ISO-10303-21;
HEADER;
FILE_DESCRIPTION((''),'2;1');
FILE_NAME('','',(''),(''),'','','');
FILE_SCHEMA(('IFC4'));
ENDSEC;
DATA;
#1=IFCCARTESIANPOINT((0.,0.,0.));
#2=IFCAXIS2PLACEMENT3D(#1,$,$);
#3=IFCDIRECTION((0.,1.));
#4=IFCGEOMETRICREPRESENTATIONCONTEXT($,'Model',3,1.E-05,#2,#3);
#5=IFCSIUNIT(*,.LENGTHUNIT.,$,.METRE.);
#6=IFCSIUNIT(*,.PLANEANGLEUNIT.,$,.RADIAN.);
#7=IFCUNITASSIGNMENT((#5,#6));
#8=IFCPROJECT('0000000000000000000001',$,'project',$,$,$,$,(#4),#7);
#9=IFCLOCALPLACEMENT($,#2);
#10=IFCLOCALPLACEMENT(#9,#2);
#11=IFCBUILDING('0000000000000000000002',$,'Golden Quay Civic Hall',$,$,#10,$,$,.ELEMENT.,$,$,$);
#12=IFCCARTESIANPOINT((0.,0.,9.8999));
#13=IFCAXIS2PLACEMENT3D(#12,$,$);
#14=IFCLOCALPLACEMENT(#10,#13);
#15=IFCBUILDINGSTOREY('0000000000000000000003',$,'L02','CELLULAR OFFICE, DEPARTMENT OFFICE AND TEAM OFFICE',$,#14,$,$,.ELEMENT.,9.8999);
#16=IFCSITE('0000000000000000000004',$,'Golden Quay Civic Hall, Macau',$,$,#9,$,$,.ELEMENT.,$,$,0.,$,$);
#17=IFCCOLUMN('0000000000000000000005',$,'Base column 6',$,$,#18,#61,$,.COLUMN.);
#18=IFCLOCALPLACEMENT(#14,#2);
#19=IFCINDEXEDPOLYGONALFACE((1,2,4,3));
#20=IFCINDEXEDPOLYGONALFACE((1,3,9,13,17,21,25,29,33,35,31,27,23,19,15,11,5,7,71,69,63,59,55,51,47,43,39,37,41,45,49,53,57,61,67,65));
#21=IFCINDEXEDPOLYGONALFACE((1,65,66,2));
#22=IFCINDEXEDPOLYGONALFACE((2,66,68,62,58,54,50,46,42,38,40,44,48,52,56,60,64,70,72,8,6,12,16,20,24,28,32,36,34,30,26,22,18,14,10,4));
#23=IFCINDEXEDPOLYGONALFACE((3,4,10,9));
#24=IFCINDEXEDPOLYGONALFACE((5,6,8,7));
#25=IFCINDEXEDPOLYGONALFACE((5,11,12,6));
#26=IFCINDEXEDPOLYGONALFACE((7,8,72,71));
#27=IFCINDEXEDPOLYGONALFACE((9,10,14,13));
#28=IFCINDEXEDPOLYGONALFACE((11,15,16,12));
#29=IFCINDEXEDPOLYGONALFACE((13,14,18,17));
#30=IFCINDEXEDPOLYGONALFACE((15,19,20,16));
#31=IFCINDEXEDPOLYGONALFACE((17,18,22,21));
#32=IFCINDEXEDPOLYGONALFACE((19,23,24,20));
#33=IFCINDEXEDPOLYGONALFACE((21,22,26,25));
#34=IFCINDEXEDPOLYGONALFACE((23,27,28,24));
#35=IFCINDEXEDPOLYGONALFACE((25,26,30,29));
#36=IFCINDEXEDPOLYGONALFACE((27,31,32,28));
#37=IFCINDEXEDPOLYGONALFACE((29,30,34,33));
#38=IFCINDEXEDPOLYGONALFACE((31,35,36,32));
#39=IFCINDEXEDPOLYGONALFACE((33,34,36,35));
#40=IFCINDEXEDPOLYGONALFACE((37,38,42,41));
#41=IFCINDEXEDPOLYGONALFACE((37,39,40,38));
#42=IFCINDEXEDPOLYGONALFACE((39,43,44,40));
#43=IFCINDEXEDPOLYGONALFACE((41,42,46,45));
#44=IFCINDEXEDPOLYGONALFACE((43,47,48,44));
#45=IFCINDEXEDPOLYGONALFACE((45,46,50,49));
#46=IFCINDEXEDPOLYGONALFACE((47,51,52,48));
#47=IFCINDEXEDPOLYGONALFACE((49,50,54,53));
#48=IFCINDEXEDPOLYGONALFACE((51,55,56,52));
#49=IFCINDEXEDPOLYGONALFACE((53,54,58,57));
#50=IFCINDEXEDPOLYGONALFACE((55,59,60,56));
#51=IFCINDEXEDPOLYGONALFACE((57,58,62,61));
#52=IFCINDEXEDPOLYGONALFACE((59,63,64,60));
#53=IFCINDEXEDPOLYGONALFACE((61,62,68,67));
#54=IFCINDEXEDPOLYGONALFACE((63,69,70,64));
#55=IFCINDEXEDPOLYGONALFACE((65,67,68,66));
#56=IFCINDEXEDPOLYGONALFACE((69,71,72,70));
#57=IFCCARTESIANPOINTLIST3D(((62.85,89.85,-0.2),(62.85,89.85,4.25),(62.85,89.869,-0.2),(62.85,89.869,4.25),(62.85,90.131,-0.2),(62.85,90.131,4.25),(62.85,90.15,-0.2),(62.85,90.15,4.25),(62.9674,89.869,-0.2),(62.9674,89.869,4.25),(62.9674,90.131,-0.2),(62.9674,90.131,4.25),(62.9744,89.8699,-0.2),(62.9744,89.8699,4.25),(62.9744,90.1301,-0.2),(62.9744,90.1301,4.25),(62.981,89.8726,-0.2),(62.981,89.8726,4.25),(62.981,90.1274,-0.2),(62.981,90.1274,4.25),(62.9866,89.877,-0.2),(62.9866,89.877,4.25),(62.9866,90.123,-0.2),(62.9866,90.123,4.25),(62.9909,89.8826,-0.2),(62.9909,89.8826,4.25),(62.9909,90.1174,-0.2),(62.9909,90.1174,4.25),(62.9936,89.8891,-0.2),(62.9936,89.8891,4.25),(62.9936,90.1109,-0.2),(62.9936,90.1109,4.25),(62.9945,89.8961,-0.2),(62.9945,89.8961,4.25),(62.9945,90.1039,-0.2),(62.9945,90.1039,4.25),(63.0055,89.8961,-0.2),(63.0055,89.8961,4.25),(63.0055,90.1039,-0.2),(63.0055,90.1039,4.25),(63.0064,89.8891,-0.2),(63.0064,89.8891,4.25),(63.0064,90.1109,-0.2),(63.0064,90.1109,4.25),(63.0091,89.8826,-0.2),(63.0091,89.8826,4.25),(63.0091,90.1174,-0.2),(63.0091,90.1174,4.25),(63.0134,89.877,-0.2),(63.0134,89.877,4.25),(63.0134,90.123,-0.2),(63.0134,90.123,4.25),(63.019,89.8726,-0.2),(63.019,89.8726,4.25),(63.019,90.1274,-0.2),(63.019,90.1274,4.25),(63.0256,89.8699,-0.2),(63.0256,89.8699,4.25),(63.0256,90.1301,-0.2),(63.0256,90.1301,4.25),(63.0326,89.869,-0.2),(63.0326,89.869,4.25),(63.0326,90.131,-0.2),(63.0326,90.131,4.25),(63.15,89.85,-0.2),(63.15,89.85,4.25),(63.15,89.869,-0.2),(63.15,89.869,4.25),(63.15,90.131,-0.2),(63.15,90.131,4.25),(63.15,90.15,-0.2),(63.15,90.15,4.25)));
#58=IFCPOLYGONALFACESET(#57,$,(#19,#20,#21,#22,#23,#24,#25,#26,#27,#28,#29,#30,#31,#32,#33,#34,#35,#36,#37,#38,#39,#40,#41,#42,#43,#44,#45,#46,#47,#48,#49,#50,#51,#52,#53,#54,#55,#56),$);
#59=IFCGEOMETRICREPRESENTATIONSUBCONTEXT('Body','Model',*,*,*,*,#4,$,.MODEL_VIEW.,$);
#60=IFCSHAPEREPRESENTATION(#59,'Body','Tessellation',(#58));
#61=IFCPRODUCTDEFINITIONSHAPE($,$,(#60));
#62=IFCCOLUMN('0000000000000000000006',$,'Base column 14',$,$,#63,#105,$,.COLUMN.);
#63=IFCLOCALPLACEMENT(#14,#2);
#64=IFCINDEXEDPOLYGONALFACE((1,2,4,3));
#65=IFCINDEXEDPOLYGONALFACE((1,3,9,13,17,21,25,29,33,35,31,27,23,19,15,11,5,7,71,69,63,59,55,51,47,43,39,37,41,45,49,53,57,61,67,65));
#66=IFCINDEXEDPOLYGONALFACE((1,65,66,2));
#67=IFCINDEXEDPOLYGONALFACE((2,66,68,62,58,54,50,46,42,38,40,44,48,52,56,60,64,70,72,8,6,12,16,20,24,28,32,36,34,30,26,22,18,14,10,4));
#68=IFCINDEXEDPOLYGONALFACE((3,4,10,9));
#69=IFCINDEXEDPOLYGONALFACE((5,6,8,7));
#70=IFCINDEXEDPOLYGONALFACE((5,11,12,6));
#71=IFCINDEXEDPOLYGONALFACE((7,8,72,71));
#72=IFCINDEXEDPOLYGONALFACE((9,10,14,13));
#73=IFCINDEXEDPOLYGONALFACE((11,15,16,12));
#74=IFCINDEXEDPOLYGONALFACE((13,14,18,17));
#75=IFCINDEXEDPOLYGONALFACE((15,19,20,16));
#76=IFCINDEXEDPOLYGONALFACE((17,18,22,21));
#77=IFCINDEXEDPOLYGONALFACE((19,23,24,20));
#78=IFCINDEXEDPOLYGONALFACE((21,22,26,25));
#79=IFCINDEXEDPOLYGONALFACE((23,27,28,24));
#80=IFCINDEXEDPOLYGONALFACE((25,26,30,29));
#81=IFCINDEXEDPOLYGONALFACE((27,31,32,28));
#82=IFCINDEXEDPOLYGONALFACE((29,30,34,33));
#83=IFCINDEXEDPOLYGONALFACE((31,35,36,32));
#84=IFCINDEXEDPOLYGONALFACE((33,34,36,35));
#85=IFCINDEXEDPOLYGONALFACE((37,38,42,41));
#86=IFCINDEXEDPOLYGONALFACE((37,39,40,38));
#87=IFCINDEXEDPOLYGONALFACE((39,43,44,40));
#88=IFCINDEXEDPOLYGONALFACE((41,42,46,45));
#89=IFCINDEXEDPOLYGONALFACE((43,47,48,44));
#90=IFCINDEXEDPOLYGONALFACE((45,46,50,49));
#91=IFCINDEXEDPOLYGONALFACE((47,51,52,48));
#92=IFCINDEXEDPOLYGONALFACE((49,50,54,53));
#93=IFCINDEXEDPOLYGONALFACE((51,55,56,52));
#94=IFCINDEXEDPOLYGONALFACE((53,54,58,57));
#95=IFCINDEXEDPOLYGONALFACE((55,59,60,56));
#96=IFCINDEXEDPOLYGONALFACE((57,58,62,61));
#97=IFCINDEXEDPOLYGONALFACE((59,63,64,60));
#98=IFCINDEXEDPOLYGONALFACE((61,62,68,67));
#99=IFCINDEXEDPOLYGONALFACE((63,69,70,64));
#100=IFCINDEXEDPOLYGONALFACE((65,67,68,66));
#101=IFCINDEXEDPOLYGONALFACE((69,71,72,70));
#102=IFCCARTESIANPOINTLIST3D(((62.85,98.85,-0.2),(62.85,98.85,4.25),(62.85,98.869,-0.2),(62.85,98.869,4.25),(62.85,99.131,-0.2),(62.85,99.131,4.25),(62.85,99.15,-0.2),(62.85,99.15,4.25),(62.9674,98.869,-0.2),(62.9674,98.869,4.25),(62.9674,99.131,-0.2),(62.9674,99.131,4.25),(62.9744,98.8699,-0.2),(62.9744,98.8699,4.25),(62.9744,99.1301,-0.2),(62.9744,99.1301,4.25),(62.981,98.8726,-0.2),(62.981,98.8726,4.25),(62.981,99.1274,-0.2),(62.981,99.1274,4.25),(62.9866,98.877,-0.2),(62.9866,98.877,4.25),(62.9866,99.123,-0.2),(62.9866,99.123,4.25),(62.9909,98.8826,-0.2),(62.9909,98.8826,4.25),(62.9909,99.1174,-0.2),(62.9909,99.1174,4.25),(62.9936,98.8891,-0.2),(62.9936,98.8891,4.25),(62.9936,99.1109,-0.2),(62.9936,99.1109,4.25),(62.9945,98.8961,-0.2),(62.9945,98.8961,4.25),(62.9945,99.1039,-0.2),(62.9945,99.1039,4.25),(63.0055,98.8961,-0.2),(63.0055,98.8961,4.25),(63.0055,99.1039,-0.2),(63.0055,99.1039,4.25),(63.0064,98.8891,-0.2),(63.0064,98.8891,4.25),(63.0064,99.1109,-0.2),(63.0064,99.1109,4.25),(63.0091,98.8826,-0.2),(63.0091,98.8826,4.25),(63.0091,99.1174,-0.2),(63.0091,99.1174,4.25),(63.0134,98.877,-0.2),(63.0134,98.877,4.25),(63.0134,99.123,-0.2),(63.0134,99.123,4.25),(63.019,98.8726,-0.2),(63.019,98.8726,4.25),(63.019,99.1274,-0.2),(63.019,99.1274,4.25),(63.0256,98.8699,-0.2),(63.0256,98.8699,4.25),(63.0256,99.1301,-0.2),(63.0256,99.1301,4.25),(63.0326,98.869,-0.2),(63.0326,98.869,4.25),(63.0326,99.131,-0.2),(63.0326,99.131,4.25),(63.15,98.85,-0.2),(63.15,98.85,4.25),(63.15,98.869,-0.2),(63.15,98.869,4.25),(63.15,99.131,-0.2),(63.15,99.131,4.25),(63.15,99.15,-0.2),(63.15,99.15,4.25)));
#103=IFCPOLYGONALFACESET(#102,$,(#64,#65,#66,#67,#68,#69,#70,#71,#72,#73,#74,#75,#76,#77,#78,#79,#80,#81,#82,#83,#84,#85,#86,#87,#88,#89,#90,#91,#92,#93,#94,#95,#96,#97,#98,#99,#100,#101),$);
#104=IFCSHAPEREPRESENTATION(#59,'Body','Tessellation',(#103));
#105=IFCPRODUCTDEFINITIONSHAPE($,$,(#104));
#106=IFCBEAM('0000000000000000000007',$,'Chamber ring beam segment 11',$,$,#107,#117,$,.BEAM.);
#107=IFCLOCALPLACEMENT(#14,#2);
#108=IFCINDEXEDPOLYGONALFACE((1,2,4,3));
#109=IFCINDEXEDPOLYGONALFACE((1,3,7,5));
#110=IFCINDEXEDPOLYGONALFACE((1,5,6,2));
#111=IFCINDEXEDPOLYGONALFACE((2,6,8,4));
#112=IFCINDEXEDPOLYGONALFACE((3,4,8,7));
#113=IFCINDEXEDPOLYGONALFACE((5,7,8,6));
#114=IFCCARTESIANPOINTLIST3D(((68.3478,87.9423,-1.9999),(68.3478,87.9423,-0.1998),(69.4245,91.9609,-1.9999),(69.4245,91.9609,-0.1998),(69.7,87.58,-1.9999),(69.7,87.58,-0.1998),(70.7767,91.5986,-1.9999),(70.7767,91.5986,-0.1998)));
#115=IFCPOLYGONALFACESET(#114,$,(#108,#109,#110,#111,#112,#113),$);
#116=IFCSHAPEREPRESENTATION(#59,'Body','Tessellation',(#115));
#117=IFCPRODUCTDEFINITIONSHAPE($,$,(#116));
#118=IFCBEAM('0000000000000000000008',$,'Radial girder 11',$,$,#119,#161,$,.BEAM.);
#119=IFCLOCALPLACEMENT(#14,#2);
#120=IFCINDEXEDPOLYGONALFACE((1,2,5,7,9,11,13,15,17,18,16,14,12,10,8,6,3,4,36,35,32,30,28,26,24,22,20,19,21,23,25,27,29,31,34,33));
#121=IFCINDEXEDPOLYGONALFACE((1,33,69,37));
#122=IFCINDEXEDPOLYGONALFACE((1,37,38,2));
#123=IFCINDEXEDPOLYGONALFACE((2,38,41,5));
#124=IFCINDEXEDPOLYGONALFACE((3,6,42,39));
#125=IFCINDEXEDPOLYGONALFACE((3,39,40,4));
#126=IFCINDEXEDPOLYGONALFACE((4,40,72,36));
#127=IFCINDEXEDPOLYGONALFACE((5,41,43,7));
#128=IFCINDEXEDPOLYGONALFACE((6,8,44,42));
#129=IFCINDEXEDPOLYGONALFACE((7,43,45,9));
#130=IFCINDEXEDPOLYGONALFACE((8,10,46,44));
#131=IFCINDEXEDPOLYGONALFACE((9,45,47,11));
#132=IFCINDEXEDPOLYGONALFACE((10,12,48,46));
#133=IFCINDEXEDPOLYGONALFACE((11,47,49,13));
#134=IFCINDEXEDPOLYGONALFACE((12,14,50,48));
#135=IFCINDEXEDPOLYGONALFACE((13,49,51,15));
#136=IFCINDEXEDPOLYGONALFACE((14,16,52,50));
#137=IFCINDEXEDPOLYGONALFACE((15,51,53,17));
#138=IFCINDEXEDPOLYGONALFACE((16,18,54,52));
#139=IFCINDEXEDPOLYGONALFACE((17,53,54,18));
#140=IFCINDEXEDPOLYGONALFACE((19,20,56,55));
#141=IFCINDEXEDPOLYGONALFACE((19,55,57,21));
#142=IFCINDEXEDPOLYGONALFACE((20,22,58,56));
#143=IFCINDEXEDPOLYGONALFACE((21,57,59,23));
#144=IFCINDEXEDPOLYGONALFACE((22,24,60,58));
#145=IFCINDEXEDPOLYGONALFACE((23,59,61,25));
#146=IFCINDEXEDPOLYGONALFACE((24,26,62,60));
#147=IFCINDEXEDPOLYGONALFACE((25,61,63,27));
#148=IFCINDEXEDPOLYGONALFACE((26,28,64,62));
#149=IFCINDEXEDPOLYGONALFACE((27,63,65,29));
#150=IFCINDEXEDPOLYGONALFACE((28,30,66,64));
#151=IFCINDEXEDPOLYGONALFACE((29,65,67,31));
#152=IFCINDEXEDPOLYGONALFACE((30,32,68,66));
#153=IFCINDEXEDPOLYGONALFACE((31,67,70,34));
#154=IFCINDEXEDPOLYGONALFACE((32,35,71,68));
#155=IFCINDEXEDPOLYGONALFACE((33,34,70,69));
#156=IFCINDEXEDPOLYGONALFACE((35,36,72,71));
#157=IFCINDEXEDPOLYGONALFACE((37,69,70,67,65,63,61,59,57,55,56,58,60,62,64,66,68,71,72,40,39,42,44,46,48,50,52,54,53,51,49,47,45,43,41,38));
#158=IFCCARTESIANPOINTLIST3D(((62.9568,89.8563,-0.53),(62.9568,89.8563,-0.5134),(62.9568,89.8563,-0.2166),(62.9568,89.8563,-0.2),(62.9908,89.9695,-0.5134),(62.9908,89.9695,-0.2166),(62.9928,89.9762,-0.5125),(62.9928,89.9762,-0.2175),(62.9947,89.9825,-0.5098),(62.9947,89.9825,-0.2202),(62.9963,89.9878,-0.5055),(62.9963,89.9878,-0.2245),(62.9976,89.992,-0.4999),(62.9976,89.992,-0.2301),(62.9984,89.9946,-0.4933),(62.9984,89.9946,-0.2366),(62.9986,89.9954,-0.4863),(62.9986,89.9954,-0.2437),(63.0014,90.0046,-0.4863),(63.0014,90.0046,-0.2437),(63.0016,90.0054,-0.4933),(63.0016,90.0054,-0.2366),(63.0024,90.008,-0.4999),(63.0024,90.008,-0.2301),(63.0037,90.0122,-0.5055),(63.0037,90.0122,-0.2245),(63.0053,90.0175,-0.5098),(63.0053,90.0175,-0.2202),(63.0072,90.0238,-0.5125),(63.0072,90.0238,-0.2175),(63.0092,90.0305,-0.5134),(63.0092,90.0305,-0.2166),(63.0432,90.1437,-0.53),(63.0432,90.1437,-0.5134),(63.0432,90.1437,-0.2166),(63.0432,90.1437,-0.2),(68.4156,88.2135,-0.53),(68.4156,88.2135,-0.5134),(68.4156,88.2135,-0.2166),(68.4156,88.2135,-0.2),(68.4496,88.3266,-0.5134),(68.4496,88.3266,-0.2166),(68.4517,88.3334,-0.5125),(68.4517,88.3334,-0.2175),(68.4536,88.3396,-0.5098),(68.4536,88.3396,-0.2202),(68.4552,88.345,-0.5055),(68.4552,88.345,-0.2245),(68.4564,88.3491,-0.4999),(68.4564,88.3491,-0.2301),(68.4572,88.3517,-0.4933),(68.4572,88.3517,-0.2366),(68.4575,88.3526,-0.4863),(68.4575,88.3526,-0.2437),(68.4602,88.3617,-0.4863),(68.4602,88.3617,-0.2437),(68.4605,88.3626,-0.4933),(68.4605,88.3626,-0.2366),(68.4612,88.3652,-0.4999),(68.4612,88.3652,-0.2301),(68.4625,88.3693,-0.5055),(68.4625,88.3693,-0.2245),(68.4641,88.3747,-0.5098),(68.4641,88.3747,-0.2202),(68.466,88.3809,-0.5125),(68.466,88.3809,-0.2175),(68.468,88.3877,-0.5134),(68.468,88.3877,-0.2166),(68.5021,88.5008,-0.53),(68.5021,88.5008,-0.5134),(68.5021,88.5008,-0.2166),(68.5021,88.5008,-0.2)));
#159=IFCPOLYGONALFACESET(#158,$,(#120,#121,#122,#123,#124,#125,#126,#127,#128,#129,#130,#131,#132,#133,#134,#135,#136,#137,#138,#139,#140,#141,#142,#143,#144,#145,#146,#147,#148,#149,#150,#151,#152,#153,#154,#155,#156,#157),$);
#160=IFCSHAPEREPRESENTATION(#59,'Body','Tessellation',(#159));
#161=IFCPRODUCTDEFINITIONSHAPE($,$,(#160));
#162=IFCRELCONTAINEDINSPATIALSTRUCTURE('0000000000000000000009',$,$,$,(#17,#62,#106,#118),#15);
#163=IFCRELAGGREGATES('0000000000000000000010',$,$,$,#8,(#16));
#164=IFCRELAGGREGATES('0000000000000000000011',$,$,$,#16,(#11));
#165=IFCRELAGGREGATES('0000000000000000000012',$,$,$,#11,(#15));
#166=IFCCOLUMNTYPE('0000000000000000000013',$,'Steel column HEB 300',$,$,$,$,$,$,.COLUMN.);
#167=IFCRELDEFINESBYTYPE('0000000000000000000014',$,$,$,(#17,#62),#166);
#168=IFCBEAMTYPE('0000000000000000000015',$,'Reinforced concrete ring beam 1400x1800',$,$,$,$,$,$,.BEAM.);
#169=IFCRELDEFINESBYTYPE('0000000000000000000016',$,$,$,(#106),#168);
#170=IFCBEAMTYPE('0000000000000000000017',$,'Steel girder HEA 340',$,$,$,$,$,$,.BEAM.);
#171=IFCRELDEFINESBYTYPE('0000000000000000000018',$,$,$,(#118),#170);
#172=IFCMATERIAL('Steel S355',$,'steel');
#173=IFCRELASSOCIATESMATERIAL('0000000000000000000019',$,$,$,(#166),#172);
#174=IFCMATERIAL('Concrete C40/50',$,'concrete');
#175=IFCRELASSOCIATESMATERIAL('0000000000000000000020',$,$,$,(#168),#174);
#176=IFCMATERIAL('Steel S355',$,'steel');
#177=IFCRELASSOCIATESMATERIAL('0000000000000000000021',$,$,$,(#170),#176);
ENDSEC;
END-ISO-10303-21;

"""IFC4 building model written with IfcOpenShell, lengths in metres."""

from ifc_helpers import new_model, si_unit, direction, frame, origin, origin_2d, place, context, subcontext, project, spatial, rectangle, i_section, extrude, material, material_profile, profile_set, type_object, element, save


model = new_model("IFC4")

# Units and contexts
model_context = context("Model", 3, precision=1e-05, world=origin(), true_north=direction((0.0, 1.0)))
body_context = subcontext(model_context, "Body", "Model", "MODEL_VIEW")
ifc_project = project(units=[si_unit("LENGTHUNIT", "METRE"), si_unit("PLANEANGLEUNIT", "RADIAN")], contexts=[model_context])

# Site, building, storey
site_placement = place(None, origin())
site = spatial("IfcSite", under=ifc_project, at=site_placement, Name="Golden Quay Civic Hall, Macau", CompositionType="ELEMENT", RefElevation=0.0)
building_placement = place(site_placement, origin())
building = spatial("IfcBuilding", under=site, at=building_placement, Name="Golden Quay Civic Hall", CompositionType="ELEMENT")
storey_placement = place(building_placement, frame((0.0, 0.0, 9.8999)))
storey = spatial("IfcBuildingStorey", under=building, at=storey_placement, Name="L02", Description="CELLULAR OFFICE, DEPARTMENT OFFICE AND TEAM OFFICE", CompositionType="ELEMENT", Elevation=9.8999)

# Columns
ifc_material_1 = material(Name="Steel S355", Category="steel")
ifc_material_profile_1 = material_profile(ifc_material_1, i_section(OverallWidth=0.3, OverallDepth=0.3, WebThickness=0.011, FlangeThickness=0.019, FilletRadius=0.0271, at=origin_2d()), Name="HEB 300")
ifc_profile_set_1 = profile_set([ifc_material_profile_1], Name="Steel S355")
column_type = type_object("IfcColumnType", Name="Steel column HEB 300", PredefinedType="COLUMN", material=ifc_profile_set_1)
for number, where, z_axis, x_axis, name in (
    (1, (63.0, 90.0, -0.2), (0.0, 0.0, 1.0), (1.0, 0.0, 0.0), "Base column 6"),
    (2, (63.0, 99.0, -0.2), (0.0, 0.0, 1.0), (1.0, 0.0, 0.0), "Base column 14"),
):
    element("IfcColumn", number, at=place(storey_placement, frame(where, z_axis=z_axis, x_axis=x_axis)), inside=storey, type_object=column_type, Name=name, PredefinedType="COLUMN", context=body_context, shape_type="SweptSolid", body=[
        extrude(i_section(OverallWidth=0.3, OverallDepth=0.3, WebThickness=0.011, FlangeThickness=0.019, FilletRadius=0.0271, at=origin_2d()), origin(), (0.0, 0.0, 1.0), 4.45),
    ])

# Beams
ifc_material_2 = material(Name="Concrete C40/50", Category="concrete")
ifc_material_profile_2 = material_profile(ifc_material_2, rectangle(XDim=1.3999, YDim=1.8, at=origin_2d()), Name="RC 1400x1800")
ifc_profile_set_2 = profile_set([ifc_material_profile_2], Name="Concrete C40/50")
beam_type_1 = type_object("IfcBeamType", Name="Reinforced concrete ring beam 1400x1800", PredefinedType="BEAM", material=ifc_profile_set_2)
beam_1_placement = place(storey_placement, frame((70.1006, 91.7798, -1.0999), z_axis=(-0.258795, -0.965932, 0.0), x_axis=(0.965932, -0.258795, 0.0)))
element("IfcBeam", 3, at=beam_1_placement, inside=storey, type_object=beam_type_1, Name="Chamber ring beam segment 11", PredefinedType="BEAM", context=body_context, shape_type="SweptSolid", body=[
    extrude(rectangle(XDim=1.3999, YDim=1.8, at=origin_2d()), origin(), (0.0, 0.0, 1.0), 4.1604),
])
ifc_material_3 = material(Name="Steel S355", Category="steel")
ifc_material_profile_3 = material_profile(ifc_material_3, i_section(OverallWidth=0.3, OverallDepth=0.3301, WebThickness=0.0095, FlangeThickness=0.0166, FilletRadius=0.0271, at=origin_2d()), Name="HEA 340")
ifc_profile_set_3 = profile_set([ifc_material_profile_3], Name="Steel S355")
beam_type_2 = type_object("IfcBeamType", Name="Steel girder HEA 340", PredefinedType="BEAM", material=ifc_profile_set_3)
beam_2_placement = place(storey_placement, frame((63.0, 90.0, -0.365), z_axis=(0.957575, -0.288185, 0.0), x_axis=(0.288185, 0.957575, 0.0)))
element("IfcBeam", 4, at=beam_2_placement, inside=storey, type_object=beam_type_2, Name="Radial girder 11", PredefinedType="BEAM", context=body_context, shape_type="SweptSolid", body=[
    extrude(i_section(OverallWidth=0.3, OverallDepth=0.3301, WebThickness=0.0095, FlangeThickness=0.0166, FilletRadius=0.0271, at=origin_2d()), origin(), (0.0, 0.0, 1.0), 5.7007),
])

save(model, "model.ifc")
